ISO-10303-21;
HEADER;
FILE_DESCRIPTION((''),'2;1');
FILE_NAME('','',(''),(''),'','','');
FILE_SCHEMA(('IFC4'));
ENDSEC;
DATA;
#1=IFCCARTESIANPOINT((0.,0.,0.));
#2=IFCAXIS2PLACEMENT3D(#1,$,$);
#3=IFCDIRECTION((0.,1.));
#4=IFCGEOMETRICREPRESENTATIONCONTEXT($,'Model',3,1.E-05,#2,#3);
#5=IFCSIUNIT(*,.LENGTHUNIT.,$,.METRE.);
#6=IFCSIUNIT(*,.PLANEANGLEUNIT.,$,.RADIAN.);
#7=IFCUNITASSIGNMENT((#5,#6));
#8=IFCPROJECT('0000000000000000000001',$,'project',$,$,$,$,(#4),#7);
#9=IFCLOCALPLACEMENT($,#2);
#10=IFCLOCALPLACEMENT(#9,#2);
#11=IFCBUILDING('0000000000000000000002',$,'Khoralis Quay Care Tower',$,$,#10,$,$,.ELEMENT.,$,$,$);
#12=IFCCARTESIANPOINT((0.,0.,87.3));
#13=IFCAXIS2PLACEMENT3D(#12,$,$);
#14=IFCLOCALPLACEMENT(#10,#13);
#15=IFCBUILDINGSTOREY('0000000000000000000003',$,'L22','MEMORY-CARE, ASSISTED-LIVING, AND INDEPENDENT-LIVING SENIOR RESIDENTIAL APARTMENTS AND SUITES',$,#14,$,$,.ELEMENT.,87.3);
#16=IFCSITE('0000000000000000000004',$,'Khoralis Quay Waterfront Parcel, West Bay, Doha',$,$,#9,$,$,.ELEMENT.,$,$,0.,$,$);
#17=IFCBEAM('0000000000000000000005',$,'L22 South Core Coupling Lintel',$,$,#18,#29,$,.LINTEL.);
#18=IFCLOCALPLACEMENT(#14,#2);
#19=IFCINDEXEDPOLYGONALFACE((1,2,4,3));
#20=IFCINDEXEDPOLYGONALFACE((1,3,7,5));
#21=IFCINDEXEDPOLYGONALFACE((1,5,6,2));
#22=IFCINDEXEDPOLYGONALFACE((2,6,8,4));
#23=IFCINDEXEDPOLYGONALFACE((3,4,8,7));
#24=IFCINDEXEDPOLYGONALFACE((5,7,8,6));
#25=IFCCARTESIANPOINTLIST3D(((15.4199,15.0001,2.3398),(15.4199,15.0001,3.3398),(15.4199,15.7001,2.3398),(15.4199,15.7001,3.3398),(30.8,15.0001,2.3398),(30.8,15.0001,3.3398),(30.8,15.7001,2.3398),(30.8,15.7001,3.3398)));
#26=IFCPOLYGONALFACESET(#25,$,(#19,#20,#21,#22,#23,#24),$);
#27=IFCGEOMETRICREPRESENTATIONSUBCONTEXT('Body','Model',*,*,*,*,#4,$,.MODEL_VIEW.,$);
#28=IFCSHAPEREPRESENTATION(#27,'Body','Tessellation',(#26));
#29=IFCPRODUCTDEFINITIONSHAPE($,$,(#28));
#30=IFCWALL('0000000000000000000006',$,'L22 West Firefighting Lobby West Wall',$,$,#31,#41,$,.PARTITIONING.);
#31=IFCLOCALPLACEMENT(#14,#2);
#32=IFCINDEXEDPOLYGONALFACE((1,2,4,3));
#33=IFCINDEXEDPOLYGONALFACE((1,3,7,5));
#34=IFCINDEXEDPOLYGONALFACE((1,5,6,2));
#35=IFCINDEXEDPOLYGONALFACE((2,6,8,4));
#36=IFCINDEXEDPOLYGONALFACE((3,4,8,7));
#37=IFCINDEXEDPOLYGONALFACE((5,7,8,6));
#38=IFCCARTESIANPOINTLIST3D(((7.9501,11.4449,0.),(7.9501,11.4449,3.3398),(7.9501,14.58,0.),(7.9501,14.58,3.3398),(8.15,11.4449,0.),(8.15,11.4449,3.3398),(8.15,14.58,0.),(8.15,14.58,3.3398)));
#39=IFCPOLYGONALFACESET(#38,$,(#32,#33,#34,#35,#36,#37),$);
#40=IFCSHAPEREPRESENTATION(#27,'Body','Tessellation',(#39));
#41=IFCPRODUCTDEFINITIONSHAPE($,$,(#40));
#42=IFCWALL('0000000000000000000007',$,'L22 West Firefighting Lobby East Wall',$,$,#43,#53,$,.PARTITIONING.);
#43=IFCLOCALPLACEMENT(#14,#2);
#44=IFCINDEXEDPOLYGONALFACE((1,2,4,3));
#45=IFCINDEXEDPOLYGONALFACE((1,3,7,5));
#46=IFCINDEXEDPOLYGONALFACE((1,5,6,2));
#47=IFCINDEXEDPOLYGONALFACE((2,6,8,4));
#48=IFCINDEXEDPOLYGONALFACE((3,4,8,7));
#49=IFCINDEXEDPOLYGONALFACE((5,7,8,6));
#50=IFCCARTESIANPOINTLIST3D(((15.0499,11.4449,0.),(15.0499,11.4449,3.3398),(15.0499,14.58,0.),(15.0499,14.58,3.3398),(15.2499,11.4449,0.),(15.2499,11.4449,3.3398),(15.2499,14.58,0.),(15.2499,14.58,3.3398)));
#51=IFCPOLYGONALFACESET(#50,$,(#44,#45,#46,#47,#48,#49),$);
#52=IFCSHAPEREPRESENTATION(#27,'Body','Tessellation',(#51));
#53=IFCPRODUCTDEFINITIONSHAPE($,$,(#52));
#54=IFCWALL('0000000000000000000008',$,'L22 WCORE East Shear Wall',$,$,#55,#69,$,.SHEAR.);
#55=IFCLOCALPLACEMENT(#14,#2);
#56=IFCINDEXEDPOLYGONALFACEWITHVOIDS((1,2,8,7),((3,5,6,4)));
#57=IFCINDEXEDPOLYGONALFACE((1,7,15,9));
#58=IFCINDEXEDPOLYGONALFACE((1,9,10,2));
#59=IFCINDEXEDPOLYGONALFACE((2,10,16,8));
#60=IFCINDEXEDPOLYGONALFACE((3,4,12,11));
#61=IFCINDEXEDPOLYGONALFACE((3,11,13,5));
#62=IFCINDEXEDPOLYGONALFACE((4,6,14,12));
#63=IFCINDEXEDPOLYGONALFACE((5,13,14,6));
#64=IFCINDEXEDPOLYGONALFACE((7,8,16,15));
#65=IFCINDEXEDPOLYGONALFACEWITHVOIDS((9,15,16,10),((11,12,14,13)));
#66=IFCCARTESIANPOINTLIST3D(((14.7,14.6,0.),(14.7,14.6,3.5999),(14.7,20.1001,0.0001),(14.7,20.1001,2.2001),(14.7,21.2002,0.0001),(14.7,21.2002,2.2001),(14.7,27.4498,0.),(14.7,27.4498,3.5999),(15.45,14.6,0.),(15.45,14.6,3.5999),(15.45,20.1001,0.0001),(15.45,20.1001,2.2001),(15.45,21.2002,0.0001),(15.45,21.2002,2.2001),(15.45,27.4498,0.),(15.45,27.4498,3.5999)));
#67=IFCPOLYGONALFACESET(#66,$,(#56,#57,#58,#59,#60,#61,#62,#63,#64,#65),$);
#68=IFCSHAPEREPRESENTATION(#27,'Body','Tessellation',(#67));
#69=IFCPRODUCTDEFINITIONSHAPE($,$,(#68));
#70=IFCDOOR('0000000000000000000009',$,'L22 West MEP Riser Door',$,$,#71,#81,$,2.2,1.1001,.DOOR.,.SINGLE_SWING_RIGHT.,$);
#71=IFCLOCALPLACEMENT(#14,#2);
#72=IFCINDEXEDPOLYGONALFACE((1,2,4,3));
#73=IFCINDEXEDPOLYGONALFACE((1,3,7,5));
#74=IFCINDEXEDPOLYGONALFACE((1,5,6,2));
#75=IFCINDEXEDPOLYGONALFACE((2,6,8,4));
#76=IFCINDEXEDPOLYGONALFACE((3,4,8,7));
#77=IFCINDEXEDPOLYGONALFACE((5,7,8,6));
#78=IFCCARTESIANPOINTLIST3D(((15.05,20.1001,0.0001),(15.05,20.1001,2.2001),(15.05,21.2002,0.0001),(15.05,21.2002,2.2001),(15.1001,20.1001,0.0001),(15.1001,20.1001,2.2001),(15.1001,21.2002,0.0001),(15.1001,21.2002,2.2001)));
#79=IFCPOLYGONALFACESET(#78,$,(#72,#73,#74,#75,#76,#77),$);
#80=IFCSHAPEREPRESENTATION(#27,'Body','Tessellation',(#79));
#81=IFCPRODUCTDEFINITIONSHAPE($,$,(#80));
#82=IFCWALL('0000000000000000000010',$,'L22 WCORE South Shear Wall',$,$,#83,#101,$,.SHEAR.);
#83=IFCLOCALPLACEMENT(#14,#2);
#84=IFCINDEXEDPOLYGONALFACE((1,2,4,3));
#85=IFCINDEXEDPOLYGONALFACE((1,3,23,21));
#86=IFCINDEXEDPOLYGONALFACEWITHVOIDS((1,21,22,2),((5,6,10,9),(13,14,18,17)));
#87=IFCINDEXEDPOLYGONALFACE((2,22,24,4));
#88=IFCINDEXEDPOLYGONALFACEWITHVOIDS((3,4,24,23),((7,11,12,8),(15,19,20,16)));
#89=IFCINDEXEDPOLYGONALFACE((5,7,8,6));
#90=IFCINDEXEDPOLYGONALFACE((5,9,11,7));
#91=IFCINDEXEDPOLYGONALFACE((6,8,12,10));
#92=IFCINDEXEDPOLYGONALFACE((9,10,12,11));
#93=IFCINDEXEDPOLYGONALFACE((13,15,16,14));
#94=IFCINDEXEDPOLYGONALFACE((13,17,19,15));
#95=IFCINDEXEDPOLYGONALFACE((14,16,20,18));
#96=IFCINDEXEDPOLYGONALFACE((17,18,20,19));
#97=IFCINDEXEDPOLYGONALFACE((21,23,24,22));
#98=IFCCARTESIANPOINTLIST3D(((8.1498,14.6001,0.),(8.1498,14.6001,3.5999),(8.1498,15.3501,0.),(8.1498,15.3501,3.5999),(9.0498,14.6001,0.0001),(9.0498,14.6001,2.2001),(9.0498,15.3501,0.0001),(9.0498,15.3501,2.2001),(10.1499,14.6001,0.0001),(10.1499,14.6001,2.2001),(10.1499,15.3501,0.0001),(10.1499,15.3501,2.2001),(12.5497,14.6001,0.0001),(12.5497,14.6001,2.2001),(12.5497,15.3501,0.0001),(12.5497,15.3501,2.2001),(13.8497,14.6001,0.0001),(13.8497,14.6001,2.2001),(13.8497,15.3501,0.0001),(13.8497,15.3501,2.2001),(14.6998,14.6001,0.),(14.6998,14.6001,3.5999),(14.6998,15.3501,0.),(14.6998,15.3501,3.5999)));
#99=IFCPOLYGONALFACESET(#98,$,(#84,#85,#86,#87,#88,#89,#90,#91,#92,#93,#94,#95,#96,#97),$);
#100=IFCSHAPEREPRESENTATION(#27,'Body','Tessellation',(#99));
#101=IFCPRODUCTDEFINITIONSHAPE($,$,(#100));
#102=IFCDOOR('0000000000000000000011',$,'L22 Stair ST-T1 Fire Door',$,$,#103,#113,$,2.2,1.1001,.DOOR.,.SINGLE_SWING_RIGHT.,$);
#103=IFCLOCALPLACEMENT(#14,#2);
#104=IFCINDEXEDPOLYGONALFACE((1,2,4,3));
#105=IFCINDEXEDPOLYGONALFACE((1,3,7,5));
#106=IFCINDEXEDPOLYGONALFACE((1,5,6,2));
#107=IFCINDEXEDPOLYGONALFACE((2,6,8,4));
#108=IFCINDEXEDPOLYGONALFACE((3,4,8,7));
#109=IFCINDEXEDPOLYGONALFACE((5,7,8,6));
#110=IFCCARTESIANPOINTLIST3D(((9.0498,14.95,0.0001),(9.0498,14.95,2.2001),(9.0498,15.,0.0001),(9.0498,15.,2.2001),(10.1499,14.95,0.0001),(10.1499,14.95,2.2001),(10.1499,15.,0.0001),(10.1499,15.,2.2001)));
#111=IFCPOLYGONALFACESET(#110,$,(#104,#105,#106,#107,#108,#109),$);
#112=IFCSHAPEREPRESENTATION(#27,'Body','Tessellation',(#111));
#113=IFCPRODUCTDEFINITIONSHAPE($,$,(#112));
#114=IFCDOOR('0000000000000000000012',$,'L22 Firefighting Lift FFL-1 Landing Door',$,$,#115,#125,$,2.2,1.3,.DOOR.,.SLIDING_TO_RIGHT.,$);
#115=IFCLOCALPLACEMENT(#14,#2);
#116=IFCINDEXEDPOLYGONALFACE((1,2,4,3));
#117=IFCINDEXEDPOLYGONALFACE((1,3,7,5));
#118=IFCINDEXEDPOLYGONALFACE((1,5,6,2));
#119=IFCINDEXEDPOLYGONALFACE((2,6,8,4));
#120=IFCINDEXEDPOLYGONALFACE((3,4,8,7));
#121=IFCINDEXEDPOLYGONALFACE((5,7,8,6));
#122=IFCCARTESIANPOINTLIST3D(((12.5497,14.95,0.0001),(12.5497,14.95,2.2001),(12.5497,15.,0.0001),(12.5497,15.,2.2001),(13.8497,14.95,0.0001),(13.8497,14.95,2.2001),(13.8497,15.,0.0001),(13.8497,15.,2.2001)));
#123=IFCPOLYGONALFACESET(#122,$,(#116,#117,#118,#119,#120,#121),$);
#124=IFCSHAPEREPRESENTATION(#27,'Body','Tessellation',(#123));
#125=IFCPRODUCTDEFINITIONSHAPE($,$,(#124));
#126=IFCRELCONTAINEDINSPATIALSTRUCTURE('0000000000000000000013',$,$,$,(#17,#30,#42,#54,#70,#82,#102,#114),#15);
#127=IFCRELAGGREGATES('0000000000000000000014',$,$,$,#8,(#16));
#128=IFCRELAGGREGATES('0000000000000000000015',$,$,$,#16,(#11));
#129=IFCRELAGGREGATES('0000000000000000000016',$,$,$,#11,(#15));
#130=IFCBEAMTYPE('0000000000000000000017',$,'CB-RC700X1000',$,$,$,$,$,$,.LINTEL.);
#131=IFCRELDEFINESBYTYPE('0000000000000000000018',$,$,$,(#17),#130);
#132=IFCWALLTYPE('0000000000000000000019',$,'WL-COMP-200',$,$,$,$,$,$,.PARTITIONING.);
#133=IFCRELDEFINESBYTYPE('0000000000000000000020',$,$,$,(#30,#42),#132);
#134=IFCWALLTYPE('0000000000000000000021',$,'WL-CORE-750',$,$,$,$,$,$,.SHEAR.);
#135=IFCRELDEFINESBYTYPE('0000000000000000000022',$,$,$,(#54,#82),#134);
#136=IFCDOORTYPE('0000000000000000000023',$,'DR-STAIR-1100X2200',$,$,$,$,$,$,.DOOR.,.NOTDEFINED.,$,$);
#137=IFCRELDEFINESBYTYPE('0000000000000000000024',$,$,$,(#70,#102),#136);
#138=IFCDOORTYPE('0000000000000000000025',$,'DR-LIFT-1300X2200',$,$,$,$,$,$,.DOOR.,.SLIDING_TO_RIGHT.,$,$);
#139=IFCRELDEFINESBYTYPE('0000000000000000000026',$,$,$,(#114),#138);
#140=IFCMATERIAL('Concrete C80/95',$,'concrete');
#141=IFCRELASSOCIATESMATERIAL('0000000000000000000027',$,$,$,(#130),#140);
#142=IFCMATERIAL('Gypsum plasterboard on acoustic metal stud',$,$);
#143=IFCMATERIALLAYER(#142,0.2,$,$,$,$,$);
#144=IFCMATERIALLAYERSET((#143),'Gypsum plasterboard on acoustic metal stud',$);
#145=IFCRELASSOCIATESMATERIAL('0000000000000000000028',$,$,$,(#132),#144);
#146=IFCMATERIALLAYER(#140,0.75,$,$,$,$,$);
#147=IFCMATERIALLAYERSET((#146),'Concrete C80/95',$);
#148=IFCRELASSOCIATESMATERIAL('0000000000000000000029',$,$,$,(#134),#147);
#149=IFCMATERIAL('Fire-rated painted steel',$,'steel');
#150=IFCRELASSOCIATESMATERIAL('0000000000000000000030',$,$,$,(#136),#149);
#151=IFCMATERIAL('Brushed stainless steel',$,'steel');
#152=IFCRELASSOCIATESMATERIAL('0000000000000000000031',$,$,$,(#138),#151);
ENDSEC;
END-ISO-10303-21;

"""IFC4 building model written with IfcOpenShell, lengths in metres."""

from ifc_helpers import new_model, si_unit, direction, frame, frame_2d, origin, origin_2d, place, context, subcontext, project, spatial, rectangle, extrude, source, transform, mapped, material, layer, layer_set, material_profile, profile_set, type_object, element, fill, save


model = new_model("IFC4")

# Units and contexts
model_context = context("Model", 3, precision=1e-05, world=origin(), true_north=direction((0.0, 1.0)))
body_context = subcontext(model_context, "Body", "Model", "MODEL_VIEW")
ifc_project = project(units=[si_unit("LENGTHUNIT", "METRE"), si_unit("PLANEANGLEUNIT", "RADIAN")], contexts=[model_context])

# Site, building, storey
site_placement = place(None, origin())
site = spatial("IfcSite", under=ifc_project, at=site_placement, Name="Khoralis Quay Waterfront Parcel, West Bay, Doha", CompositionType="ELEMENT", RefElevation=0.0)
building_placement = place(site_placement, origin())
building = spatial("IfcBuilding", under=site, at=building_placement, Name="Khoralis Quay Care Tower", CompositionType="ELEMENT")
storey_placement = place(building_placement, frame((0.0, 0.0, 87.3)))
storey = spatial("IfcBuildingStorey", under=building, at=storey_placement, Name="L22", Description="MEMORY-CARE, ASSISTED-LIVING, AND INDEPENDENT-LIVING SENIOR RESIDENTIAL APARTMENTS AND SUITES", CompositionType="ELEMENT", Elevation=87.3)

# Beam
ifc_material_1 = material(Name="Concrete C80/95", Category="concrete")
ifc_material_profile = material_profile(ifc_material_1, rectangle(XDim=0.7, YDim=1.0, at=origin_2d()), Name="Concrete C80/95")
ifc_profile_set = profile_set([ifc_material_profile], Name="Concrete C80/95")
beam_type = type_object("IfcBeamType", Name="CB-RC700X1000", PredefinedType="LINTEL", material=ifc_profile_set)
shared_shape_1 = source(origin(), body_context, "Body", "SweptSolid", [
    extrude(rectangle(XDim=0.7, YDim=1.0, at=origin_2d()), origin(), (0.0, 0.0, 1.0), 15.3801),
])
beam_placement = place(storey_placement, frame((15.4199, 15.3501, 2.8398), z_axis=(1.0, 0.0, 0.0), x_axis=(0.0, 1.0, 0.0)))
element("IfcBeam", 1, at=beam_placement, inside=storey, type_object=beam_type, Name="L22 South Core Coupling Lintel", PredefinedType="LINTEL", context=body_context, shape_type="MappedRepresentation", body=[
    mapped(shared_shape_1, transform((0.0, 0.0, 0.0), scale=1.0)),
])

# Walls
ifc_material_2 = material(Name="Gypsum plasterboard on acoustic metal stud")
ifc_layer_1 = layer(ifc_material_2, 0.2)
ifc_layer_set_1 = layer_set([ifc_layer_1], Name="Gypsum plasterboard on acoustic metal stud")
wall_type_1 = type_object("IfcWallType", Name="WL-COMP-200", PredefinedType="PARTITIONING", material=ifc_layer_set_1)
for number, where, z_axis, x_axis, name in (
    (2, (8.05, 11.4451, 0.0), (0.0, 0.0, 1.0), (0.0, 1.0, 0.0), "L22 West Firefighting Lobby West Wall"),
    (3, (15.1499, 11.4451, 0.0), (0.0, 0.0, 1.0), (0.0, 1.0, 0.0), "L22 West Firefighting Lobby East Wall"),
):
    element("IfcWall", number, at=place(storey_placement, frame(where, z_axis=z_axis, x_axis=x_axis)), inside=storey, type_object=wall_type_1, Name=name, PredefinedType="PARTITIONING", context=body_context, shape_type="SweptSolid", body=[
        extrude(rectangle(XDim=3.135, YDim=0.2, at=frame_2d((1.5674, 0.0))), origin(), (0.0, 0.0, 1.0), 3.3398),
    ])

# Wall, opening, door
ifc_layer_2 = layer(ifc_material_1, 0.75)
ifc_layer_set_2 = layer_set([ifc_layer_2], Name="Concrete C80/95")
wall_type_2 = type_object("IfcWallType", Name="WL-CORE-750", PredefinedType="SHEAR", material=ifc_layer_set_2)
wall_1_placement = place(storey_placement, frame((15.075, 14.6001, 0.0), z_axis=(0.0, 0.0, 1.0), x_axis=(0.0, 1.0, 0.0)))
wall_1 = element("IfcWall", 4, at=wall_1_placement, inside=storey, type_object=wall_type_2, Name="L22 WCORE East Shear Wall", PredefinedType="SHEAR", context=body_context, shape_type="SweptSolid", body=[
    extrude(rectangle(XDim=12.8499, YDim=0.75, at=frame_2d((6.4248, 0.0))), origin(), (0.0, 0.0, 1.0), 3.5999),
])
opening_1_placement = place(wall_1_placement, frame((5.5, 0.0, 0.0)))
opening_1 = element("IfcOpeningElement", 5, at=opening_1_placement, cuts=wall_1, PredefinedType="OPENING", context=body_context, shape_type="SweptSolid", body=[
    extrude(rectangle(XDim=1.1001, YDim=2.2, at=frame_2d((0.55, 1.1001))), frame((0.0, 0.385, 0.0), z_axis=(0.0, -1.0, 0.0), x_axis=(1.0, 0.0, 0.0)), (0.0, 0.0, 1.0), 0.77),
])
ifc_material_3 = material(Name="Fire-rated painted steel", Category="steel")
door_type_1 = type_object("IfcDoorType", Name="DR-STAIR-1100X2200", OperationType="NOTDEFINED", PredefinedType="DOOR", material=ifc_material_3)
shared_shape_2 = source(origin(), body_context, "Body", "SweptSolid", [
    extrude(rectangle(XDim=1.1001, YDim=2.2, at=frame_2d((0.55, 1.1001))), frame((0.0, 0.0249, 0.0), z_axis=(0.0, -1.0, 0.0), x_axis=(1.0, 0.0, 0.0)), (0.0, 0.0, 1.0), 0.05),
])
door_1_placement = place(opening_1_placement, origin())
door_1 = element("IfcDoor", 6, at=door_1_placement, inside=storey, type_object=door_type_1, Name="L22 West MEP Riser Door", OperationType="SINGLE_SWING_RIGHT", OverallHeight=2.2, OverallWidth=1.1001, PredefinedType="DOOR", context=body_context, shape_type="MappedRepresentation", body=[
    mapped(shared_shape_2, transform((0.0, 0.0, 0.0), scale=1.0)),
])
fill(opening_1, door_1)

# Wall, openings, doors
wall_2_placement = place(storey_placement, frame((8.1499, 14.9751, 0.0), z_axis=(0.0, 0.0, 1.0), x_axis=(1.0, 0.0, 0.0)))
wall_2 = element("IfcWall", 7, at=wall_2_placement, inside=storey, type_object=wall_type_2, Name="L22 WCORE South Shear Wall", PredefinedType="SHEAR", context=body_context, shape_type="SweptSolid", body=[
    extrude(rectangle(XDim=6.55, YDim=0.75, at=frame_2d((3.2749, 0.0))), origin(), (0.0, 0.0, 1.0), 3.5999),
])
opening_2_placement = place(wall_2_placement, frame((0.8999, 0.0, 0.0)))
opening_2 = element("IfcOpeningElement", 8, at=opening_2_placement, cuts=wall_2, PredefinedType="OPENING", context=body_context, shape_type="SweptSolid", body=[
    extrude(rectangle(XDim=1.1001, YDim=2.2, at=frame_2d((0.55, 1.1001))), frame((0.0, 0.385, 0.0), z_axis=(0.0, -1.0, 0.0), x_axis=(1.0, 0.0, 0.0)), (0.0, 0.0, 1.0), 0.77),
])
opening_3_placement = place(wall_2_placement, frame((4.3999, 0.0, 0.0)))
opening_3 = element("IfcOpeningElement", 9, at=opening_3_placement, cuts=wall_2, PredefinedType="OPENING", context=body_context, shape_type="SweptSolid", body=[
    extrude(rectangle(XDim=1.3, YDim=2.2, at=frame_2d((0.6499, 1.1001))), frame((0.0, 0.385, 0.0), z_axis=(0.0, -1.0, 0.0), x_axis=(1.0, 0.0, 0.0)), (0.0, 0.0, 1.0), 0.77),
])
door_2_placement = place(opening_2_placement, origin())
door_2 = element("IfcDoor", 10, at=door_2_placement, inside=storey, type_object=door_type_1, Name="L22 Stair ST-T1 Fire Door", OperationType="SINGLE_SWING_RIGHT", OverallHeight=2.2, OverallWidth=1.1001, PredefinedType="DOOR", context=body_context, shape_type="MappedRepresentation", body=[
    mapped(shared_shape_2, transform((0.0, 0.0, 0.0), scale=1.0)),
])
fill(opening_2, door_2)
ifc_material_4 = material(Name="Brushed stainless steel", Category="steel")
door_type_2 = type_object("IfcDoorType", Name="DR-LIFT-1300X2200", OperationType="SLIDING_TO_RIGHT", PredefinedType="DOOR", material=ifc_material_4)
shared_shape_3 = source(origin(), body_context, "Body", "SweptSolid", [
    extrude(rectangle(XDim=1.3, YDim=2.2, at=frame_2d((0.6499, 1.1001))), frame((0.0, 0.0249, 0.0), z_axis=(0.0, -1.0, 0.0), x_axis=(1.0, 0.0, 0.0)), (0.0, 0.0, 1.0), 0.05),
])
door_3_placement = place(opening_3_placement, origin())
door_3 = element("IfcDoor", 11, at=door_3_placement, inside=storey, type_object=door_type_2, Name="L22 Firefighting Lift FFL-1 Landing Door", OperationType="SLIDING_TO_RIGHT", OverallHeight=2.2, OverallWidth=1.3, PredefinedType="DOOR", context=body_context, shape_type="MappedRepresentation", body=[
    mapped(shared_shape_3, transform((0.0, 0.0, 0.0), scale=1.0)),
])
fill(opening_3, door_3)

save(model, "model.ifc")
